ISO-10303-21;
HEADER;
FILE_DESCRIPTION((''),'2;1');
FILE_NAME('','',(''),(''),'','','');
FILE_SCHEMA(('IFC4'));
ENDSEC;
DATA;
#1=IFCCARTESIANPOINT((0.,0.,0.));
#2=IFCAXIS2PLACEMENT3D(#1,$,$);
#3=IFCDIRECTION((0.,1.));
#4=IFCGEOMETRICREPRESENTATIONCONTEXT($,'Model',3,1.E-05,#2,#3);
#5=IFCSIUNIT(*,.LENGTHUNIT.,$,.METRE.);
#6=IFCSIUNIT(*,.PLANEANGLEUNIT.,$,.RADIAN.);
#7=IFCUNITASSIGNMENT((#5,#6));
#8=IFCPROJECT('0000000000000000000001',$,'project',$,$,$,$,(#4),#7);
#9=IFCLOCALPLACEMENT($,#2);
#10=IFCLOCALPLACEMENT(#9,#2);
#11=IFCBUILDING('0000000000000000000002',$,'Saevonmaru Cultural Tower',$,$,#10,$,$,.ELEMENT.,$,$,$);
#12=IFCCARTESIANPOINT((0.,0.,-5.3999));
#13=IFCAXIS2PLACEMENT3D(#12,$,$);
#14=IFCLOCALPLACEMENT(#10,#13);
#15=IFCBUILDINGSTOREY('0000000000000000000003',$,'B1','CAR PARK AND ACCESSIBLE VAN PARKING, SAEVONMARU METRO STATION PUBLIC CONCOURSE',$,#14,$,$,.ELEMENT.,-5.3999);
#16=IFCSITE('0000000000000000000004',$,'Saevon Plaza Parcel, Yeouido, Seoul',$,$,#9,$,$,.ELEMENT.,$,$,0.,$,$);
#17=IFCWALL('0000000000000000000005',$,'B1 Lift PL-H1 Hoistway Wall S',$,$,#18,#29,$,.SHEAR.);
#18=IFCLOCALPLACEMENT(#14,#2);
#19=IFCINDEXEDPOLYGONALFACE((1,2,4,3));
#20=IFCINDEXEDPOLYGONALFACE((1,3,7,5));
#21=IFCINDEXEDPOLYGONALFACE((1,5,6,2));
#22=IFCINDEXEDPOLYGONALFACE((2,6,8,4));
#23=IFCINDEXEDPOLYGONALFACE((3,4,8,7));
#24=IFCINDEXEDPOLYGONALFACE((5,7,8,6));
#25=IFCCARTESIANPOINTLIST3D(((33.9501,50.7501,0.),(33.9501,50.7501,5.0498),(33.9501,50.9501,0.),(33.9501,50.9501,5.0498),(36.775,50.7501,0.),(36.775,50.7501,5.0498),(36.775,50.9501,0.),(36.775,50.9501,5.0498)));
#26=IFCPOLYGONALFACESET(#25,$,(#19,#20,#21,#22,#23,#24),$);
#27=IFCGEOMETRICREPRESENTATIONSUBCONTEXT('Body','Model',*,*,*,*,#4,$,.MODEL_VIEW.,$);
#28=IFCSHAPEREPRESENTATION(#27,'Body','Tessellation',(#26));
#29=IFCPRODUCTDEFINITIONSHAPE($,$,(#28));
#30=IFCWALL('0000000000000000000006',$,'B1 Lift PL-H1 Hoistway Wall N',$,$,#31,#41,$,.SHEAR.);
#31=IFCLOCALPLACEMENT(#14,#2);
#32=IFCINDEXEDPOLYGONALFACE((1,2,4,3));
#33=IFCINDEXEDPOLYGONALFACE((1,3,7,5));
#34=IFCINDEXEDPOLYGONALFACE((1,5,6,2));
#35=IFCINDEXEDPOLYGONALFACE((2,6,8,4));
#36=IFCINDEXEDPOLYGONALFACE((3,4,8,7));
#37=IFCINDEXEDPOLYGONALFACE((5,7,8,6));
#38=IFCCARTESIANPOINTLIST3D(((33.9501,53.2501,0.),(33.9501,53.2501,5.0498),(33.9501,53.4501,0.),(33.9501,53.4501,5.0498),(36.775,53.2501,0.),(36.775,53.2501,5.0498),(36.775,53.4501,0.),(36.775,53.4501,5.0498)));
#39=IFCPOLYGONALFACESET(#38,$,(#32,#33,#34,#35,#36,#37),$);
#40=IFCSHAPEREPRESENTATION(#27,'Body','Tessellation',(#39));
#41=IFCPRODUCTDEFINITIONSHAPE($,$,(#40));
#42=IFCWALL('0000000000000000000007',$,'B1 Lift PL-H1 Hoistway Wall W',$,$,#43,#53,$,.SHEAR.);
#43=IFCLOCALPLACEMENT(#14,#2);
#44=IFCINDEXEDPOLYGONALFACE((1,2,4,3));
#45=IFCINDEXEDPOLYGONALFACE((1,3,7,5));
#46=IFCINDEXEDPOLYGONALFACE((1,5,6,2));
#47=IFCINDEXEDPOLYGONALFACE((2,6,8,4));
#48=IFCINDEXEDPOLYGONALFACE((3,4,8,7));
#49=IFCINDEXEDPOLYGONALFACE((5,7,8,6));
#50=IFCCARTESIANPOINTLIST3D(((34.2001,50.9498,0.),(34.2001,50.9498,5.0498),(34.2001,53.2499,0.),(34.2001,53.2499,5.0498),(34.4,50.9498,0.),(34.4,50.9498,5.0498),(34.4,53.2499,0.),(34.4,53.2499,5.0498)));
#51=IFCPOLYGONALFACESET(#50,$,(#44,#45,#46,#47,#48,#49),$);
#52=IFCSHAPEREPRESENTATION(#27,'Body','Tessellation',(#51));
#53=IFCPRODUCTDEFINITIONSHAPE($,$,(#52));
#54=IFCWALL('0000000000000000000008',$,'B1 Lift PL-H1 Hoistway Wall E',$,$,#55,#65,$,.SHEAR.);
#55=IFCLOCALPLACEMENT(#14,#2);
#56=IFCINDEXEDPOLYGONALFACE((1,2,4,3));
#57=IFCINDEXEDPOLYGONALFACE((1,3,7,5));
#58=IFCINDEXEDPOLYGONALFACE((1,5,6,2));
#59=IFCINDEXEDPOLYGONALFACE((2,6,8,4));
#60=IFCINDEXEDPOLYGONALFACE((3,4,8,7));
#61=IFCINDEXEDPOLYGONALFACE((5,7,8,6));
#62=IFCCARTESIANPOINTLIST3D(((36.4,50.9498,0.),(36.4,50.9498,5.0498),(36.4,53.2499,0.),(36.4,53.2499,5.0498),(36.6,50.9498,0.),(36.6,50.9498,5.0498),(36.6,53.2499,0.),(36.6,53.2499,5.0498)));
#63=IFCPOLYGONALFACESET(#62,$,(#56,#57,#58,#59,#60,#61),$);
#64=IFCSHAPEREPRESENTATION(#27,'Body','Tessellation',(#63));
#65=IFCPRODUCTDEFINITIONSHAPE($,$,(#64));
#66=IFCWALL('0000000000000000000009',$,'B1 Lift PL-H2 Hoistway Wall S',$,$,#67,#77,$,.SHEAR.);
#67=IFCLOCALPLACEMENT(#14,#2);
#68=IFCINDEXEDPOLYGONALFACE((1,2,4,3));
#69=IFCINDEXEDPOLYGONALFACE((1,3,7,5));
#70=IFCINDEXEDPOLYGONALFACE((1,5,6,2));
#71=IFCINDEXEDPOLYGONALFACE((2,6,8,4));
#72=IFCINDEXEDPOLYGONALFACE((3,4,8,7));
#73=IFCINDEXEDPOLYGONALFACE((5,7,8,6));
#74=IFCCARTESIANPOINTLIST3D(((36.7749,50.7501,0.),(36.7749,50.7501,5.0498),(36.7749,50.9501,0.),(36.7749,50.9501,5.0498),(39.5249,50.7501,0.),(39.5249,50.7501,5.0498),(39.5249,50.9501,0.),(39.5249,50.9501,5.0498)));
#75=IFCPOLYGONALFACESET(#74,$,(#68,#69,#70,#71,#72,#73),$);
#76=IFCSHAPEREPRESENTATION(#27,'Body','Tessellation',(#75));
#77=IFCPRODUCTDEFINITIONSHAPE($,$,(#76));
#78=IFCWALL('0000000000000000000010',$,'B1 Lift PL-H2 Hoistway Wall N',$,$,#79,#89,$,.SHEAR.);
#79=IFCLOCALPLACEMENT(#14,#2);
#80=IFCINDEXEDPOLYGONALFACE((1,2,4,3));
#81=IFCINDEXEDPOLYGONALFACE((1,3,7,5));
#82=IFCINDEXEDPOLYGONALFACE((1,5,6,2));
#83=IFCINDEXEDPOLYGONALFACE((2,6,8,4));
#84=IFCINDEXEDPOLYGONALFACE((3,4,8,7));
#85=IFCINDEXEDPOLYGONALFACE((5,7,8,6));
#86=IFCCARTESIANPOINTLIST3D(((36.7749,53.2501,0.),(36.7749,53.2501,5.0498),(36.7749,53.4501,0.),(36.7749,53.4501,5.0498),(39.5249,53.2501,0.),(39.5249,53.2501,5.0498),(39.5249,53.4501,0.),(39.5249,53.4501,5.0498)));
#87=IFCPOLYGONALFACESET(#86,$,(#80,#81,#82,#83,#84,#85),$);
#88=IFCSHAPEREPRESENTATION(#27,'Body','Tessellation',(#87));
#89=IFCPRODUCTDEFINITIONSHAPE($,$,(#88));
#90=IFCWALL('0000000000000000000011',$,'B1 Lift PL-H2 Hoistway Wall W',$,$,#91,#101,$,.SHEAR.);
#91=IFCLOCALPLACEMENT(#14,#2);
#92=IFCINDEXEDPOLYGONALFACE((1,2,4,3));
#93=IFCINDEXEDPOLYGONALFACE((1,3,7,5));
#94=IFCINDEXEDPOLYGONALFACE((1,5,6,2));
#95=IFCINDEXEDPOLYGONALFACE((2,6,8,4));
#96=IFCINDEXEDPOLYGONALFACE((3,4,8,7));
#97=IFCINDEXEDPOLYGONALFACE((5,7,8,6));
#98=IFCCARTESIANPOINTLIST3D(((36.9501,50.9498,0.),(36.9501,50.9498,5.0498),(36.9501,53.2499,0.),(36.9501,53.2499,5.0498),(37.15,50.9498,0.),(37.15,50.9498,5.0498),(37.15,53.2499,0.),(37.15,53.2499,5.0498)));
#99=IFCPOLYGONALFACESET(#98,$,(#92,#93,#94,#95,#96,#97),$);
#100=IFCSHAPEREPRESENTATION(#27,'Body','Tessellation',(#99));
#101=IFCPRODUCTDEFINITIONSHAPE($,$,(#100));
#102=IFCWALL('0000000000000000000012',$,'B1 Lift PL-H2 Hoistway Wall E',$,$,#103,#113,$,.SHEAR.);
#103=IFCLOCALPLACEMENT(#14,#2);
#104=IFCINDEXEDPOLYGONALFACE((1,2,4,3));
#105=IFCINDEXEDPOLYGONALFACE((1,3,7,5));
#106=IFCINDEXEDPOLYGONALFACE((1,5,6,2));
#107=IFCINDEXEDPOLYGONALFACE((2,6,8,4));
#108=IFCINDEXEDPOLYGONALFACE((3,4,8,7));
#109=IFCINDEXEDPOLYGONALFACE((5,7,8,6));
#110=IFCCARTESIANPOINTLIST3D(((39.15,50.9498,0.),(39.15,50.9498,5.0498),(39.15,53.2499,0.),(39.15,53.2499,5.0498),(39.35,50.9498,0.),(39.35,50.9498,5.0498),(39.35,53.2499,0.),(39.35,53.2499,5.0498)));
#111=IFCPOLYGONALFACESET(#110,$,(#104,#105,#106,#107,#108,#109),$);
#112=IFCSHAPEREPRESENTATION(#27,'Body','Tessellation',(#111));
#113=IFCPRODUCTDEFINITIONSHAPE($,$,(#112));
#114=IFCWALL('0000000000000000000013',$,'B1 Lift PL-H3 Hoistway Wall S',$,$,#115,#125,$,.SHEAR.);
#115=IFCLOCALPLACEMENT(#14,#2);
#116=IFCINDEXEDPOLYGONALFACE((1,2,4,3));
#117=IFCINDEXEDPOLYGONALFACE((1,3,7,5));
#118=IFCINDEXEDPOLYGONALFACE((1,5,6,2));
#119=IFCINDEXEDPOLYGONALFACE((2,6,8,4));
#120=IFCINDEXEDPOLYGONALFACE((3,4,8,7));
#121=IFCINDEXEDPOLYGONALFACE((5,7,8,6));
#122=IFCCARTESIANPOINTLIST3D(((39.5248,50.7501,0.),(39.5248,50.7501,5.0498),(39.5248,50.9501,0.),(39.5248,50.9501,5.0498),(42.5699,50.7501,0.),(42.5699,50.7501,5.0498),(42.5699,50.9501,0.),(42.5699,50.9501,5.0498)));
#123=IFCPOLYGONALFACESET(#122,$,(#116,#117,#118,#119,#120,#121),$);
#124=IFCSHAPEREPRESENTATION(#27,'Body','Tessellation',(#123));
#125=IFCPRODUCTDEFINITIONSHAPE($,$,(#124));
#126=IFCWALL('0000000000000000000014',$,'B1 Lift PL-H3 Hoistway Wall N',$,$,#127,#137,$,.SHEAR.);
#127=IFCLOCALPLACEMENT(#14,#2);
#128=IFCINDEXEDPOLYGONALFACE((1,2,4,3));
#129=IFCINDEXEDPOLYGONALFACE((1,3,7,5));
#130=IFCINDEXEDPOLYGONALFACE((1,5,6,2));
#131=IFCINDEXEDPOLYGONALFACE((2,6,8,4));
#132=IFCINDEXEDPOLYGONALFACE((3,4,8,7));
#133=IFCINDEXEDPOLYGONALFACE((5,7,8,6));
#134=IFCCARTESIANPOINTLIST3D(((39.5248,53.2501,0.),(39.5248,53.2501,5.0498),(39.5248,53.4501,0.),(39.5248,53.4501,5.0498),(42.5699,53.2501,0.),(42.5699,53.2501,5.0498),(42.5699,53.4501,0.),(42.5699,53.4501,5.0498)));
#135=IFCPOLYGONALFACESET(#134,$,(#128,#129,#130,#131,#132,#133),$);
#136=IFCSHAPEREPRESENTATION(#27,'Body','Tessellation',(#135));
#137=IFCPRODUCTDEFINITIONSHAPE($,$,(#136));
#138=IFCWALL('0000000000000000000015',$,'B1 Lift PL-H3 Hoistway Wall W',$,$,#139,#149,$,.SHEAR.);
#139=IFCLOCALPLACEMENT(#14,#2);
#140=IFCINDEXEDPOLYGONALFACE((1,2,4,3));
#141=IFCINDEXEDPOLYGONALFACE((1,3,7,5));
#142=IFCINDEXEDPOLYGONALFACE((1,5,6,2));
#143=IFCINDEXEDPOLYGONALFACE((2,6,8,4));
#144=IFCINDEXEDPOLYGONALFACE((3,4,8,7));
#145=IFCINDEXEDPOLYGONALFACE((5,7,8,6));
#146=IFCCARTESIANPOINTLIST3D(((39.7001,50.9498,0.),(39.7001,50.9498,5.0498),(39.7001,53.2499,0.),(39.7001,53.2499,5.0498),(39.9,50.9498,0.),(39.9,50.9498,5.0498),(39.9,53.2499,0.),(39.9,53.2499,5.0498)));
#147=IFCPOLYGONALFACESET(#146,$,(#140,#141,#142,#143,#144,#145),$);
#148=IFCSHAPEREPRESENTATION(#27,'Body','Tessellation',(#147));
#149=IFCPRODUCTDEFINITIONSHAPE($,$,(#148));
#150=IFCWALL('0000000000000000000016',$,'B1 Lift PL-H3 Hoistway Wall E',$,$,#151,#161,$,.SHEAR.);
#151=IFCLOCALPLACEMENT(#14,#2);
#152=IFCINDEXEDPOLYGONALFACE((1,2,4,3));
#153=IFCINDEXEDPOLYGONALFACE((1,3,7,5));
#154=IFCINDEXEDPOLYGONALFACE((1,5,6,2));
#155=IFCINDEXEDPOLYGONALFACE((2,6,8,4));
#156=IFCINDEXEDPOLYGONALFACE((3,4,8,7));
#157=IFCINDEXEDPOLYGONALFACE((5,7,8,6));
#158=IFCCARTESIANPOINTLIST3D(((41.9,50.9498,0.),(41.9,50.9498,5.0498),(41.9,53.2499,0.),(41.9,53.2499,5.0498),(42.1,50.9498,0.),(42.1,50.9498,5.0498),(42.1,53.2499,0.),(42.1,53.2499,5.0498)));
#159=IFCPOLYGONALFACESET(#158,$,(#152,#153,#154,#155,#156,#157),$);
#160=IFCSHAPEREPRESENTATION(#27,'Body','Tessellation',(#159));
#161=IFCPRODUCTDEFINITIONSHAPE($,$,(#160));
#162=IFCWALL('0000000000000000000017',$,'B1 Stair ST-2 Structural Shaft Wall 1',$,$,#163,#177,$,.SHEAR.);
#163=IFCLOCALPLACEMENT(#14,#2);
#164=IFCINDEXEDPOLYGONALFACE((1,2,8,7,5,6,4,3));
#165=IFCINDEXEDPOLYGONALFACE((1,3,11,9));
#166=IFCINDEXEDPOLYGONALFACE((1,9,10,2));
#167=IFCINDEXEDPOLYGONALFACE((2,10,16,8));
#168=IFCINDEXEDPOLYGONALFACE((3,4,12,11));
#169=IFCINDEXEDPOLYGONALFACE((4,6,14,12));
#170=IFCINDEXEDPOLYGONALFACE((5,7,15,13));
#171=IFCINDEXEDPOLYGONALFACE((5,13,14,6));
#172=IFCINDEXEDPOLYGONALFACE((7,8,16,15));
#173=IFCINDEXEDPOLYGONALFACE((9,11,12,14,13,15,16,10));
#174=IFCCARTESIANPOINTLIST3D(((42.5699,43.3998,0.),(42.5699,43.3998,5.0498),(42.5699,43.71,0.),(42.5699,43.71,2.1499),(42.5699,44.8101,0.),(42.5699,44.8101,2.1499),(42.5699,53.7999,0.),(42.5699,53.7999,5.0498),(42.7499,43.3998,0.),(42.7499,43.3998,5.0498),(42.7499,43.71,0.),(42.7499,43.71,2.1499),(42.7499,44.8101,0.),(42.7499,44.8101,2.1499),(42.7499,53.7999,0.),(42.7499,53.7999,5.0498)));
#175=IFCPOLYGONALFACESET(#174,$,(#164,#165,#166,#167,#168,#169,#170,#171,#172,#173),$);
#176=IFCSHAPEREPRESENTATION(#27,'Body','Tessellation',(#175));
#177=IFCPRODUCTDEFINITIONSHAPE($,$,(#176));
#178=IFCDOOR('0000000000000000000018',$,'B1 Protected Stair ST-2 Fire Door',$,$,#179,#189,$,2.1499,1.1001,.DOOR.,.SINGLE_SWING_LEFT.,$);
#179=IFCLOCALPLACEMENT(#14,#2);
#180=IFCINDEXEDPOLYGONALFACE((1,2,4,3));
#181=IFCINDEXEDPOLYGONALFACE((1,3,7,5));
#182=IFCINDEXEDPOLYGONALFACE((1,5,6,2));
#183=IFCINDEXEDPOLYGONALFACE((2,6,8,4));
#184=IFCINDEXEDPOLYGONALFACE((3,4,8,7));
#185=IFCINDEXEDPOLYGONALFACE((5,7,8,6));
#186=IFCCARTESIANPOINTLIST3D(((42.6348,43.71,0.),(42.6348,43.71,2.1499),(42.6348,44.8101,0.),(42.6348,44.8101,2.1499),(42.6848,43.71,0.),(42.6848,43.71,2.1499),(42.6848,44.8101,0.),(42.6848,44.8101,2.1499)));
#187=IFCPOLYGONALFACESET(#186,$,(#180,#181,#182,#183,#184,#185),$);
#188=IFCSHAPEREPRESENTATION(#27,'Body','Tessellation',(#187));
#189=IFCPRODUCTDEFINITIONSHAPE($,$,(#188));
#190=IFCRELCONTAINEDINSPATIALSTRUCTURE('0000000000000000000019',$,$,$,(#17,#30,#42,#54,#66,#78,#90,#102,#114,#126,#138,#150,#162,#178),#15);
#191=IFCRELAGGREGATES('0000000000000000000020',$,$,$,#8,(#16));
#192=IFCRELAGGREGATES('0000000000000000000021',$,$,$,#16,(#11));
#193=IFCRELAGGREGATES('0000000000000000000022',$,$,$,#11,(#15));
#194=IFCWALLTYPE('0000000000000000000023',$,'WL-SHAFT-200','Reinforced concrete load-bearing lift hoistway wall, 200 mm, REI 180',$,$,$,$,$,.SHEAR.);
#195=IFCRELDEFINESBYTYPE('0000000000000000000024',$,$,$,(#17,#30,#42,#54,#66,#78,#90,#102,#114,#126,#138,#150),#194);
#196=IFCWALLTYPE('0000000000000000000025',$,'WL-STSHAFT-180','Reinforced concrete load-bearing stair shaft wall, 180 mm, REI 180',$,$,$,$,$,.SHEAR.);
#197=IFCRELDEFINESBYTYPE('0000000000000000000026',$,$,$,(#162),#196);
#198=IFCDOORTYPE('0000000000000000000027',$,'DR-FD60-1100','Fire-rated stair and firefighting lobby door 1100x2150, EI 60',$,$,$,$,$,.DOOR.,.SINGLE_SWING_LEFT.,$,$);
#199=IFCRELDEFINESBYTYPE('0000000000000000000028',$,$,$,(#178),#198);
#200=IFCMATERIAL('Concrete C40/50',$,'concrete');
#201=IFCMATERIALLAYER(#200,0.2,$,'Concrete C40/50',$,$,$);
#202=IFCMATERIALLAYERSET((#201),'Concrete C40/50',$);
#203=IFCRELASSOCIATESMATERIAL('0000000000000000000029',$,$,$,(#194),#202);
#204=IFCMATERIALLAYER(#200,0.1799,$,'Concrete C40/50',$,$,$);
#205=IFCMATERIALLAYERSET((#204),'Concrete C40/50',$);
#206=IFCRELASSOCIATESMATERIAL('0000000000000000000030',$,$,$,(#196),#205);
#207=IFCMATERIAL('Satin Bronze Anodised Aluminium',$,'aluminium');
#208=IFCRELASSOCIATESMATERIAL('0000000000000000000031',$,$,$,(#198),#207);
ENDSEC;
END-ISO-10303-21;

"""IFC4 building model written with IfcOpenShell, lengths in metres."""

from ifc_helpers import new_model, si_unit, direction, frame, frame_2d, origin, place, context, subcontext, project, spatial, rectangle, extrude, material, layer, layer_set, type_object, element, fill, save


model = new_model("IFC4")

# Units and contexts
model_context = context("Model", 3, precision=1e-05, world=origin(), true_north=direction((0.0, 1.0)))
body_context = subcontext(model_context, "Body", "Model", "MODEL_VIEW")
ifc_project = project(units=[si_unit("LENGTHUNIT", "METRE"), si_unit("PLANEANGLEUNIT", "RADIAN")], contexts=[model_context])

# Site, building, storey
site_placement = place(None, origin())
site = spatial("IfcSite", under=ifc_project, at=site_placement, Name="Saevon Plaza Parcel, Yeouido, Seoul", CompositionType="ELEMENT", RefElevation=0.0)
building_placement = place(site_placement, origin())
building = spatial("IfcBuilding", under=site, at=building_placement, Name="Saevonmaru Cultural Tower", CompositionType="ELEMENT")
storey_placement = place(building_placement, frame((0.0, 0.0, -5.3999)))
storey = spatial("IfcBuildingStorey", under=building, at=storey_placement, Name="B1", Description="CAR PARK AND ACCESSIBLE VAN PARKING, SAEVONMARU METRO STATION PUBLIC CONCOURSE", CompositionType="ELEMENT", Elevation=-5.3999)

# Shared definitions
ifc_material_1 = material(Name="Satin Bronze Anodised Aluminium", Category="aluminium")

# Walls
ifc_material_2 = material(Name="Concrete C40/50", Category="concrete")
ifc_layer_1 = layer(ifc_material_2, 0.2, Name="Concrete C40/50")
ifc_layer_set_1 = layer_set([ifc_layer_1], Name="Concrete C40/50")
wall_type_1 = type_object("IfcWallType", Name="WL-SHAFT-200", Description="Reinforced concrete load-bearing lift hoistway wall, 200 mm, REI 180", PredefinedType="SHEAR", material=ifc_layer_set_1)
for number, where, z_axis, x_axis, name in (
    (1, (33.95, 50.8501, 0.0), (0.0, 0.0, 1.0), (1.0, 0.0, 0.0), "B1 Lift PL-H1 Hoistway Wall S"),
    (2, (33.95, 53.3501, 0.0), (0.0, 0.0, 1.0), (1.0, 0.0, 0.0), "B1 Lift PL-H1 Hoistway Wall N"),
):
    element("IfcWall", number, at=place(storey_placement, frame(where, z_axis=z_axis, x_axis=x_axis)), inside=storey, type_object=wall_type_1, Name=name, PredefinedType="SHEAR", context=body_context, shape_type="SweptSolid", body=[
        extrude(rectangle(XDim=2.825, YDim=0.2, at=frame_2d((1.4126, 0.0))), origin(), (0.0, 0.0, 1.0), 5.0498),
    ])
for number, where, z_axis, x_axis, name in (
    (3, (34.3, 50.95, 0.0), (0.0, 0.0, 1.0), (0.0, 1.0, 0.0), "B1 Lift PL-H1 Hoistway Wall W"),
    (4, (36.5, 50.95, 0.0), (0.0, 0.0, 1.0), (0.0, 1.0, 0.0), "B1 Lift PL-H1 Hoistway Wall E"),
):
    element("IfcWall", number, at=place(storey_placement, frame(where, z_axis=z_axis, x_axis=x_axis)), inside=storey, type_object=wall_type_1, Name=name, PredefinedType="SHEAR", context=body_context, shape_type="SweptSolid", body=[
        extrude(rectangle(XDim=2.3, YDim=0.2, at=frame_2d((1.1499, 0.0))), origin(), (0.0, 0.0, 1.0), 5.0498),
    ])
for number, where, z_axis, x_axis, name in (
    (5, (36.7749, 50.8501, 0.0), (0.0, 0.0, 1.0), (1.0, 0.0, 0.0), "B1 Lift PL-H2 Hoistway Wall S"),
    (6, (36.7749, 53.3501, 0.0), (0.0, 0.0, 1.0), (1.0, 0.0, 0.0), "B1 Lift PL-H2 Hoistway Wall N"),
):
    element("IfcWall", number, at=place(storey_placement, frame(where, z_axis=z_axis, x_axis=x_axis)), inside=storey, type_object=wall_type_1, Name=name, PredefinedType="SHEAR", context=body_context, shape_type="SweptSolid", body=[
        extrude(rectangle(XDim=2.75, YDim=0.2, at=frame_2d((1.375, 0.0))), origin(), (0.0, 0.0, 1.0), 5.0498),
    ])
for number, where, z_axis, x_axis, name in (
    (7, (37.05, 50.95, 0.0), (0.0, 0.0, 1.0), (0.0, 1.0, 0.0), "B1 Lift PL-H2 Hoistway Wall W"),
    (8, (39.25, 50.95, 0.0), (0.0, 0.0, 1.0), (0.0, 1.0, 0.0), "B1 Lift PL-H2 Hoistway Wall E"),
):
    element("IfcWall", number, at=place(storey_placement, frame(where, z_axis=z_axis, x_axis=x_axis)), inside=storey, type_object=wall_type_1, Name=name, PredefinedType="SHEAR", context=body_context, shape_type="SweptSolid", body=[
        extrude(rectangle(XDim=2.3, YDim=0.2, at=frame_2d((1.1499, 0.0))), origin(), (0.0, 0.0, 1.0), 5.0498),
    ])
for number, where, z_axis, x_axis, name in (
    (9, (39.5249, 50.8501, 0.0), (0.0, 0.0, 1.0), (1.0, 0.0, 0.0), "B1 Lift PL-H3 Hoistway Wall S"),
    (10, (39.5249, 53.3501, 0.0), (0.0, 0.0, 1.0), (1.0, 0.0, 0.0), "B1 Lift PL-H3 Hoistway Wall N"),
):
    element("IfcWall", number, at=place(storey_placement, frame(where, z_axis=z_axis, x_axis=x_axis)), inside=storey, type_object=wall_type_1, Name=name, PredefinedType="SHEAR", context=body_context, shape_type="SweptSolid", body=[
        extrude(rectangle(XDim=3.0452, YDim=0.2, at=frame_2d((1.5225, 0.0))), origin(), (0.0, 0.0, 1.0), 5.0498),
    ])
for number, where, z_axis, x_axis, name in (
    (11, (39.8, 50.95, 0.0), (0.0, 0.0, 1.0), (0.0, 1.0, 0.0), "B1 Lift PL-H3 Hoistway Wall W"),
    (12, (42.0, 50.95, 0.0), (0.0, 0.0, 1.0), (0.0, 1.0, 0.0), "B1 Lift PL-H3 Hoistway Wall E"),
):
    element("IfcWall", number, at=place(storey_placement, frame(where, z_axis=z_axis, x_axis=x_axis)), inside=storey, type_object=wall_type_1, Name=name, PredefinedType="SHEAR", context=body_context, shape_type="SweptSolid", body=[
        extrude(rectangle(XDim=2.3, YDim=0.2, at=frame_2d((1.1499, 0.0))), origin(), (0.0, 0.0, 1.0), 5.0498),
    ])

# Wall, opening, door
ifc_layer_2 = layer(ifc_material_2, 0.1799, Name="Concrete C40/50")
ifc_layer_set_2 = layer_set([ifc_layer_2], Name="Concrete C40/50")
wall_type_2 = type_object("IfcWallType", Name="WL-STSHAFT-180", Description="Reinforced concrete load-bearing stair shaft wall, 180 mm, REI 180", PredefinedType="SHEAR", material=ifc_layer_set_2)
wall_1_placement = place(storey_placement, frame((42.6599, 53.8, 0.0), z_axis=(0.0, 0.0, 1.0), x_axis=(0.0, -1.0, 0.0)))
wall_1 = element("IfcWall", 13, at=wall_1_placement, inside=storey, type_object=wall_type_2, Name="B1 Stair ST-2 Structural Shaft Wall 1", PredefinedType="SHEAR", context=body_context, shape_type="SweptSolid", body=[
    extrude(rectangle(XDim=10.4001, YDim=0.1799, at=frame_2d((5.2002, 0.0))), origin(), (0.0, 0.0, 1.0), 5.0498),
])
opening_1_placement = place(wall_1_placement, frame((8.99, 0.0, 0.0)))
opening_1 = element("IfcOpeningElement", 14, at=opening_1_placement, cuts=wall_1, PredefinedType="OPENING", context=body_context, shape_type="SweptSolid", body=[
    extrude(rectangle(XDim=1.1001, YDim=2.1499, at=frame_2d((0.55, 1.075))), frame((0.0, 0.1001, 0.0), z_axis=(0.0, -1.0, 0.0), x_axis=(1.0, 0.0, 0.0)), (0.0, 0.0, 1.0), 0.2),
])
door_type_1 = type_object("IfcDoorType", Name="DR-FD60-1100", Description="Fire-rated stair and firefighting lobby door 1100x2150, EI 60", OperationType="SINGLE_SWING_LEFT", PredefinedType="DOOR", material=ifc_material_1)
door_1_placement = place(opening_1_placement, origin())
door_1 = element("IfcDoor", 15, at=door_1_placement, inside=storey, type_object=door_type_1, Name="B1 Protected Stair ST-2 Fire Door", OperationType="SINGLE_SWING_LEFT", OverallHeight=2.1499, OverallWidth=1.1001, PredefinedType="DOOR", context=body_context, shape_type="SweptSolid", body=[
    extrude(rectangle(XDim=1.1001, YDim=2.1499, at=frame_2d((0.55, 1.075))), frame((0.0, 0.0249, 0.0), z_axis=(0.0, -1.0, 0.0), x_axis=(1.0, 0.0, 0.0)), (0.0, 0.0, 1.0), 0.05),
])
fill(opening_1, door_1)

save(model, "model.ifc")
